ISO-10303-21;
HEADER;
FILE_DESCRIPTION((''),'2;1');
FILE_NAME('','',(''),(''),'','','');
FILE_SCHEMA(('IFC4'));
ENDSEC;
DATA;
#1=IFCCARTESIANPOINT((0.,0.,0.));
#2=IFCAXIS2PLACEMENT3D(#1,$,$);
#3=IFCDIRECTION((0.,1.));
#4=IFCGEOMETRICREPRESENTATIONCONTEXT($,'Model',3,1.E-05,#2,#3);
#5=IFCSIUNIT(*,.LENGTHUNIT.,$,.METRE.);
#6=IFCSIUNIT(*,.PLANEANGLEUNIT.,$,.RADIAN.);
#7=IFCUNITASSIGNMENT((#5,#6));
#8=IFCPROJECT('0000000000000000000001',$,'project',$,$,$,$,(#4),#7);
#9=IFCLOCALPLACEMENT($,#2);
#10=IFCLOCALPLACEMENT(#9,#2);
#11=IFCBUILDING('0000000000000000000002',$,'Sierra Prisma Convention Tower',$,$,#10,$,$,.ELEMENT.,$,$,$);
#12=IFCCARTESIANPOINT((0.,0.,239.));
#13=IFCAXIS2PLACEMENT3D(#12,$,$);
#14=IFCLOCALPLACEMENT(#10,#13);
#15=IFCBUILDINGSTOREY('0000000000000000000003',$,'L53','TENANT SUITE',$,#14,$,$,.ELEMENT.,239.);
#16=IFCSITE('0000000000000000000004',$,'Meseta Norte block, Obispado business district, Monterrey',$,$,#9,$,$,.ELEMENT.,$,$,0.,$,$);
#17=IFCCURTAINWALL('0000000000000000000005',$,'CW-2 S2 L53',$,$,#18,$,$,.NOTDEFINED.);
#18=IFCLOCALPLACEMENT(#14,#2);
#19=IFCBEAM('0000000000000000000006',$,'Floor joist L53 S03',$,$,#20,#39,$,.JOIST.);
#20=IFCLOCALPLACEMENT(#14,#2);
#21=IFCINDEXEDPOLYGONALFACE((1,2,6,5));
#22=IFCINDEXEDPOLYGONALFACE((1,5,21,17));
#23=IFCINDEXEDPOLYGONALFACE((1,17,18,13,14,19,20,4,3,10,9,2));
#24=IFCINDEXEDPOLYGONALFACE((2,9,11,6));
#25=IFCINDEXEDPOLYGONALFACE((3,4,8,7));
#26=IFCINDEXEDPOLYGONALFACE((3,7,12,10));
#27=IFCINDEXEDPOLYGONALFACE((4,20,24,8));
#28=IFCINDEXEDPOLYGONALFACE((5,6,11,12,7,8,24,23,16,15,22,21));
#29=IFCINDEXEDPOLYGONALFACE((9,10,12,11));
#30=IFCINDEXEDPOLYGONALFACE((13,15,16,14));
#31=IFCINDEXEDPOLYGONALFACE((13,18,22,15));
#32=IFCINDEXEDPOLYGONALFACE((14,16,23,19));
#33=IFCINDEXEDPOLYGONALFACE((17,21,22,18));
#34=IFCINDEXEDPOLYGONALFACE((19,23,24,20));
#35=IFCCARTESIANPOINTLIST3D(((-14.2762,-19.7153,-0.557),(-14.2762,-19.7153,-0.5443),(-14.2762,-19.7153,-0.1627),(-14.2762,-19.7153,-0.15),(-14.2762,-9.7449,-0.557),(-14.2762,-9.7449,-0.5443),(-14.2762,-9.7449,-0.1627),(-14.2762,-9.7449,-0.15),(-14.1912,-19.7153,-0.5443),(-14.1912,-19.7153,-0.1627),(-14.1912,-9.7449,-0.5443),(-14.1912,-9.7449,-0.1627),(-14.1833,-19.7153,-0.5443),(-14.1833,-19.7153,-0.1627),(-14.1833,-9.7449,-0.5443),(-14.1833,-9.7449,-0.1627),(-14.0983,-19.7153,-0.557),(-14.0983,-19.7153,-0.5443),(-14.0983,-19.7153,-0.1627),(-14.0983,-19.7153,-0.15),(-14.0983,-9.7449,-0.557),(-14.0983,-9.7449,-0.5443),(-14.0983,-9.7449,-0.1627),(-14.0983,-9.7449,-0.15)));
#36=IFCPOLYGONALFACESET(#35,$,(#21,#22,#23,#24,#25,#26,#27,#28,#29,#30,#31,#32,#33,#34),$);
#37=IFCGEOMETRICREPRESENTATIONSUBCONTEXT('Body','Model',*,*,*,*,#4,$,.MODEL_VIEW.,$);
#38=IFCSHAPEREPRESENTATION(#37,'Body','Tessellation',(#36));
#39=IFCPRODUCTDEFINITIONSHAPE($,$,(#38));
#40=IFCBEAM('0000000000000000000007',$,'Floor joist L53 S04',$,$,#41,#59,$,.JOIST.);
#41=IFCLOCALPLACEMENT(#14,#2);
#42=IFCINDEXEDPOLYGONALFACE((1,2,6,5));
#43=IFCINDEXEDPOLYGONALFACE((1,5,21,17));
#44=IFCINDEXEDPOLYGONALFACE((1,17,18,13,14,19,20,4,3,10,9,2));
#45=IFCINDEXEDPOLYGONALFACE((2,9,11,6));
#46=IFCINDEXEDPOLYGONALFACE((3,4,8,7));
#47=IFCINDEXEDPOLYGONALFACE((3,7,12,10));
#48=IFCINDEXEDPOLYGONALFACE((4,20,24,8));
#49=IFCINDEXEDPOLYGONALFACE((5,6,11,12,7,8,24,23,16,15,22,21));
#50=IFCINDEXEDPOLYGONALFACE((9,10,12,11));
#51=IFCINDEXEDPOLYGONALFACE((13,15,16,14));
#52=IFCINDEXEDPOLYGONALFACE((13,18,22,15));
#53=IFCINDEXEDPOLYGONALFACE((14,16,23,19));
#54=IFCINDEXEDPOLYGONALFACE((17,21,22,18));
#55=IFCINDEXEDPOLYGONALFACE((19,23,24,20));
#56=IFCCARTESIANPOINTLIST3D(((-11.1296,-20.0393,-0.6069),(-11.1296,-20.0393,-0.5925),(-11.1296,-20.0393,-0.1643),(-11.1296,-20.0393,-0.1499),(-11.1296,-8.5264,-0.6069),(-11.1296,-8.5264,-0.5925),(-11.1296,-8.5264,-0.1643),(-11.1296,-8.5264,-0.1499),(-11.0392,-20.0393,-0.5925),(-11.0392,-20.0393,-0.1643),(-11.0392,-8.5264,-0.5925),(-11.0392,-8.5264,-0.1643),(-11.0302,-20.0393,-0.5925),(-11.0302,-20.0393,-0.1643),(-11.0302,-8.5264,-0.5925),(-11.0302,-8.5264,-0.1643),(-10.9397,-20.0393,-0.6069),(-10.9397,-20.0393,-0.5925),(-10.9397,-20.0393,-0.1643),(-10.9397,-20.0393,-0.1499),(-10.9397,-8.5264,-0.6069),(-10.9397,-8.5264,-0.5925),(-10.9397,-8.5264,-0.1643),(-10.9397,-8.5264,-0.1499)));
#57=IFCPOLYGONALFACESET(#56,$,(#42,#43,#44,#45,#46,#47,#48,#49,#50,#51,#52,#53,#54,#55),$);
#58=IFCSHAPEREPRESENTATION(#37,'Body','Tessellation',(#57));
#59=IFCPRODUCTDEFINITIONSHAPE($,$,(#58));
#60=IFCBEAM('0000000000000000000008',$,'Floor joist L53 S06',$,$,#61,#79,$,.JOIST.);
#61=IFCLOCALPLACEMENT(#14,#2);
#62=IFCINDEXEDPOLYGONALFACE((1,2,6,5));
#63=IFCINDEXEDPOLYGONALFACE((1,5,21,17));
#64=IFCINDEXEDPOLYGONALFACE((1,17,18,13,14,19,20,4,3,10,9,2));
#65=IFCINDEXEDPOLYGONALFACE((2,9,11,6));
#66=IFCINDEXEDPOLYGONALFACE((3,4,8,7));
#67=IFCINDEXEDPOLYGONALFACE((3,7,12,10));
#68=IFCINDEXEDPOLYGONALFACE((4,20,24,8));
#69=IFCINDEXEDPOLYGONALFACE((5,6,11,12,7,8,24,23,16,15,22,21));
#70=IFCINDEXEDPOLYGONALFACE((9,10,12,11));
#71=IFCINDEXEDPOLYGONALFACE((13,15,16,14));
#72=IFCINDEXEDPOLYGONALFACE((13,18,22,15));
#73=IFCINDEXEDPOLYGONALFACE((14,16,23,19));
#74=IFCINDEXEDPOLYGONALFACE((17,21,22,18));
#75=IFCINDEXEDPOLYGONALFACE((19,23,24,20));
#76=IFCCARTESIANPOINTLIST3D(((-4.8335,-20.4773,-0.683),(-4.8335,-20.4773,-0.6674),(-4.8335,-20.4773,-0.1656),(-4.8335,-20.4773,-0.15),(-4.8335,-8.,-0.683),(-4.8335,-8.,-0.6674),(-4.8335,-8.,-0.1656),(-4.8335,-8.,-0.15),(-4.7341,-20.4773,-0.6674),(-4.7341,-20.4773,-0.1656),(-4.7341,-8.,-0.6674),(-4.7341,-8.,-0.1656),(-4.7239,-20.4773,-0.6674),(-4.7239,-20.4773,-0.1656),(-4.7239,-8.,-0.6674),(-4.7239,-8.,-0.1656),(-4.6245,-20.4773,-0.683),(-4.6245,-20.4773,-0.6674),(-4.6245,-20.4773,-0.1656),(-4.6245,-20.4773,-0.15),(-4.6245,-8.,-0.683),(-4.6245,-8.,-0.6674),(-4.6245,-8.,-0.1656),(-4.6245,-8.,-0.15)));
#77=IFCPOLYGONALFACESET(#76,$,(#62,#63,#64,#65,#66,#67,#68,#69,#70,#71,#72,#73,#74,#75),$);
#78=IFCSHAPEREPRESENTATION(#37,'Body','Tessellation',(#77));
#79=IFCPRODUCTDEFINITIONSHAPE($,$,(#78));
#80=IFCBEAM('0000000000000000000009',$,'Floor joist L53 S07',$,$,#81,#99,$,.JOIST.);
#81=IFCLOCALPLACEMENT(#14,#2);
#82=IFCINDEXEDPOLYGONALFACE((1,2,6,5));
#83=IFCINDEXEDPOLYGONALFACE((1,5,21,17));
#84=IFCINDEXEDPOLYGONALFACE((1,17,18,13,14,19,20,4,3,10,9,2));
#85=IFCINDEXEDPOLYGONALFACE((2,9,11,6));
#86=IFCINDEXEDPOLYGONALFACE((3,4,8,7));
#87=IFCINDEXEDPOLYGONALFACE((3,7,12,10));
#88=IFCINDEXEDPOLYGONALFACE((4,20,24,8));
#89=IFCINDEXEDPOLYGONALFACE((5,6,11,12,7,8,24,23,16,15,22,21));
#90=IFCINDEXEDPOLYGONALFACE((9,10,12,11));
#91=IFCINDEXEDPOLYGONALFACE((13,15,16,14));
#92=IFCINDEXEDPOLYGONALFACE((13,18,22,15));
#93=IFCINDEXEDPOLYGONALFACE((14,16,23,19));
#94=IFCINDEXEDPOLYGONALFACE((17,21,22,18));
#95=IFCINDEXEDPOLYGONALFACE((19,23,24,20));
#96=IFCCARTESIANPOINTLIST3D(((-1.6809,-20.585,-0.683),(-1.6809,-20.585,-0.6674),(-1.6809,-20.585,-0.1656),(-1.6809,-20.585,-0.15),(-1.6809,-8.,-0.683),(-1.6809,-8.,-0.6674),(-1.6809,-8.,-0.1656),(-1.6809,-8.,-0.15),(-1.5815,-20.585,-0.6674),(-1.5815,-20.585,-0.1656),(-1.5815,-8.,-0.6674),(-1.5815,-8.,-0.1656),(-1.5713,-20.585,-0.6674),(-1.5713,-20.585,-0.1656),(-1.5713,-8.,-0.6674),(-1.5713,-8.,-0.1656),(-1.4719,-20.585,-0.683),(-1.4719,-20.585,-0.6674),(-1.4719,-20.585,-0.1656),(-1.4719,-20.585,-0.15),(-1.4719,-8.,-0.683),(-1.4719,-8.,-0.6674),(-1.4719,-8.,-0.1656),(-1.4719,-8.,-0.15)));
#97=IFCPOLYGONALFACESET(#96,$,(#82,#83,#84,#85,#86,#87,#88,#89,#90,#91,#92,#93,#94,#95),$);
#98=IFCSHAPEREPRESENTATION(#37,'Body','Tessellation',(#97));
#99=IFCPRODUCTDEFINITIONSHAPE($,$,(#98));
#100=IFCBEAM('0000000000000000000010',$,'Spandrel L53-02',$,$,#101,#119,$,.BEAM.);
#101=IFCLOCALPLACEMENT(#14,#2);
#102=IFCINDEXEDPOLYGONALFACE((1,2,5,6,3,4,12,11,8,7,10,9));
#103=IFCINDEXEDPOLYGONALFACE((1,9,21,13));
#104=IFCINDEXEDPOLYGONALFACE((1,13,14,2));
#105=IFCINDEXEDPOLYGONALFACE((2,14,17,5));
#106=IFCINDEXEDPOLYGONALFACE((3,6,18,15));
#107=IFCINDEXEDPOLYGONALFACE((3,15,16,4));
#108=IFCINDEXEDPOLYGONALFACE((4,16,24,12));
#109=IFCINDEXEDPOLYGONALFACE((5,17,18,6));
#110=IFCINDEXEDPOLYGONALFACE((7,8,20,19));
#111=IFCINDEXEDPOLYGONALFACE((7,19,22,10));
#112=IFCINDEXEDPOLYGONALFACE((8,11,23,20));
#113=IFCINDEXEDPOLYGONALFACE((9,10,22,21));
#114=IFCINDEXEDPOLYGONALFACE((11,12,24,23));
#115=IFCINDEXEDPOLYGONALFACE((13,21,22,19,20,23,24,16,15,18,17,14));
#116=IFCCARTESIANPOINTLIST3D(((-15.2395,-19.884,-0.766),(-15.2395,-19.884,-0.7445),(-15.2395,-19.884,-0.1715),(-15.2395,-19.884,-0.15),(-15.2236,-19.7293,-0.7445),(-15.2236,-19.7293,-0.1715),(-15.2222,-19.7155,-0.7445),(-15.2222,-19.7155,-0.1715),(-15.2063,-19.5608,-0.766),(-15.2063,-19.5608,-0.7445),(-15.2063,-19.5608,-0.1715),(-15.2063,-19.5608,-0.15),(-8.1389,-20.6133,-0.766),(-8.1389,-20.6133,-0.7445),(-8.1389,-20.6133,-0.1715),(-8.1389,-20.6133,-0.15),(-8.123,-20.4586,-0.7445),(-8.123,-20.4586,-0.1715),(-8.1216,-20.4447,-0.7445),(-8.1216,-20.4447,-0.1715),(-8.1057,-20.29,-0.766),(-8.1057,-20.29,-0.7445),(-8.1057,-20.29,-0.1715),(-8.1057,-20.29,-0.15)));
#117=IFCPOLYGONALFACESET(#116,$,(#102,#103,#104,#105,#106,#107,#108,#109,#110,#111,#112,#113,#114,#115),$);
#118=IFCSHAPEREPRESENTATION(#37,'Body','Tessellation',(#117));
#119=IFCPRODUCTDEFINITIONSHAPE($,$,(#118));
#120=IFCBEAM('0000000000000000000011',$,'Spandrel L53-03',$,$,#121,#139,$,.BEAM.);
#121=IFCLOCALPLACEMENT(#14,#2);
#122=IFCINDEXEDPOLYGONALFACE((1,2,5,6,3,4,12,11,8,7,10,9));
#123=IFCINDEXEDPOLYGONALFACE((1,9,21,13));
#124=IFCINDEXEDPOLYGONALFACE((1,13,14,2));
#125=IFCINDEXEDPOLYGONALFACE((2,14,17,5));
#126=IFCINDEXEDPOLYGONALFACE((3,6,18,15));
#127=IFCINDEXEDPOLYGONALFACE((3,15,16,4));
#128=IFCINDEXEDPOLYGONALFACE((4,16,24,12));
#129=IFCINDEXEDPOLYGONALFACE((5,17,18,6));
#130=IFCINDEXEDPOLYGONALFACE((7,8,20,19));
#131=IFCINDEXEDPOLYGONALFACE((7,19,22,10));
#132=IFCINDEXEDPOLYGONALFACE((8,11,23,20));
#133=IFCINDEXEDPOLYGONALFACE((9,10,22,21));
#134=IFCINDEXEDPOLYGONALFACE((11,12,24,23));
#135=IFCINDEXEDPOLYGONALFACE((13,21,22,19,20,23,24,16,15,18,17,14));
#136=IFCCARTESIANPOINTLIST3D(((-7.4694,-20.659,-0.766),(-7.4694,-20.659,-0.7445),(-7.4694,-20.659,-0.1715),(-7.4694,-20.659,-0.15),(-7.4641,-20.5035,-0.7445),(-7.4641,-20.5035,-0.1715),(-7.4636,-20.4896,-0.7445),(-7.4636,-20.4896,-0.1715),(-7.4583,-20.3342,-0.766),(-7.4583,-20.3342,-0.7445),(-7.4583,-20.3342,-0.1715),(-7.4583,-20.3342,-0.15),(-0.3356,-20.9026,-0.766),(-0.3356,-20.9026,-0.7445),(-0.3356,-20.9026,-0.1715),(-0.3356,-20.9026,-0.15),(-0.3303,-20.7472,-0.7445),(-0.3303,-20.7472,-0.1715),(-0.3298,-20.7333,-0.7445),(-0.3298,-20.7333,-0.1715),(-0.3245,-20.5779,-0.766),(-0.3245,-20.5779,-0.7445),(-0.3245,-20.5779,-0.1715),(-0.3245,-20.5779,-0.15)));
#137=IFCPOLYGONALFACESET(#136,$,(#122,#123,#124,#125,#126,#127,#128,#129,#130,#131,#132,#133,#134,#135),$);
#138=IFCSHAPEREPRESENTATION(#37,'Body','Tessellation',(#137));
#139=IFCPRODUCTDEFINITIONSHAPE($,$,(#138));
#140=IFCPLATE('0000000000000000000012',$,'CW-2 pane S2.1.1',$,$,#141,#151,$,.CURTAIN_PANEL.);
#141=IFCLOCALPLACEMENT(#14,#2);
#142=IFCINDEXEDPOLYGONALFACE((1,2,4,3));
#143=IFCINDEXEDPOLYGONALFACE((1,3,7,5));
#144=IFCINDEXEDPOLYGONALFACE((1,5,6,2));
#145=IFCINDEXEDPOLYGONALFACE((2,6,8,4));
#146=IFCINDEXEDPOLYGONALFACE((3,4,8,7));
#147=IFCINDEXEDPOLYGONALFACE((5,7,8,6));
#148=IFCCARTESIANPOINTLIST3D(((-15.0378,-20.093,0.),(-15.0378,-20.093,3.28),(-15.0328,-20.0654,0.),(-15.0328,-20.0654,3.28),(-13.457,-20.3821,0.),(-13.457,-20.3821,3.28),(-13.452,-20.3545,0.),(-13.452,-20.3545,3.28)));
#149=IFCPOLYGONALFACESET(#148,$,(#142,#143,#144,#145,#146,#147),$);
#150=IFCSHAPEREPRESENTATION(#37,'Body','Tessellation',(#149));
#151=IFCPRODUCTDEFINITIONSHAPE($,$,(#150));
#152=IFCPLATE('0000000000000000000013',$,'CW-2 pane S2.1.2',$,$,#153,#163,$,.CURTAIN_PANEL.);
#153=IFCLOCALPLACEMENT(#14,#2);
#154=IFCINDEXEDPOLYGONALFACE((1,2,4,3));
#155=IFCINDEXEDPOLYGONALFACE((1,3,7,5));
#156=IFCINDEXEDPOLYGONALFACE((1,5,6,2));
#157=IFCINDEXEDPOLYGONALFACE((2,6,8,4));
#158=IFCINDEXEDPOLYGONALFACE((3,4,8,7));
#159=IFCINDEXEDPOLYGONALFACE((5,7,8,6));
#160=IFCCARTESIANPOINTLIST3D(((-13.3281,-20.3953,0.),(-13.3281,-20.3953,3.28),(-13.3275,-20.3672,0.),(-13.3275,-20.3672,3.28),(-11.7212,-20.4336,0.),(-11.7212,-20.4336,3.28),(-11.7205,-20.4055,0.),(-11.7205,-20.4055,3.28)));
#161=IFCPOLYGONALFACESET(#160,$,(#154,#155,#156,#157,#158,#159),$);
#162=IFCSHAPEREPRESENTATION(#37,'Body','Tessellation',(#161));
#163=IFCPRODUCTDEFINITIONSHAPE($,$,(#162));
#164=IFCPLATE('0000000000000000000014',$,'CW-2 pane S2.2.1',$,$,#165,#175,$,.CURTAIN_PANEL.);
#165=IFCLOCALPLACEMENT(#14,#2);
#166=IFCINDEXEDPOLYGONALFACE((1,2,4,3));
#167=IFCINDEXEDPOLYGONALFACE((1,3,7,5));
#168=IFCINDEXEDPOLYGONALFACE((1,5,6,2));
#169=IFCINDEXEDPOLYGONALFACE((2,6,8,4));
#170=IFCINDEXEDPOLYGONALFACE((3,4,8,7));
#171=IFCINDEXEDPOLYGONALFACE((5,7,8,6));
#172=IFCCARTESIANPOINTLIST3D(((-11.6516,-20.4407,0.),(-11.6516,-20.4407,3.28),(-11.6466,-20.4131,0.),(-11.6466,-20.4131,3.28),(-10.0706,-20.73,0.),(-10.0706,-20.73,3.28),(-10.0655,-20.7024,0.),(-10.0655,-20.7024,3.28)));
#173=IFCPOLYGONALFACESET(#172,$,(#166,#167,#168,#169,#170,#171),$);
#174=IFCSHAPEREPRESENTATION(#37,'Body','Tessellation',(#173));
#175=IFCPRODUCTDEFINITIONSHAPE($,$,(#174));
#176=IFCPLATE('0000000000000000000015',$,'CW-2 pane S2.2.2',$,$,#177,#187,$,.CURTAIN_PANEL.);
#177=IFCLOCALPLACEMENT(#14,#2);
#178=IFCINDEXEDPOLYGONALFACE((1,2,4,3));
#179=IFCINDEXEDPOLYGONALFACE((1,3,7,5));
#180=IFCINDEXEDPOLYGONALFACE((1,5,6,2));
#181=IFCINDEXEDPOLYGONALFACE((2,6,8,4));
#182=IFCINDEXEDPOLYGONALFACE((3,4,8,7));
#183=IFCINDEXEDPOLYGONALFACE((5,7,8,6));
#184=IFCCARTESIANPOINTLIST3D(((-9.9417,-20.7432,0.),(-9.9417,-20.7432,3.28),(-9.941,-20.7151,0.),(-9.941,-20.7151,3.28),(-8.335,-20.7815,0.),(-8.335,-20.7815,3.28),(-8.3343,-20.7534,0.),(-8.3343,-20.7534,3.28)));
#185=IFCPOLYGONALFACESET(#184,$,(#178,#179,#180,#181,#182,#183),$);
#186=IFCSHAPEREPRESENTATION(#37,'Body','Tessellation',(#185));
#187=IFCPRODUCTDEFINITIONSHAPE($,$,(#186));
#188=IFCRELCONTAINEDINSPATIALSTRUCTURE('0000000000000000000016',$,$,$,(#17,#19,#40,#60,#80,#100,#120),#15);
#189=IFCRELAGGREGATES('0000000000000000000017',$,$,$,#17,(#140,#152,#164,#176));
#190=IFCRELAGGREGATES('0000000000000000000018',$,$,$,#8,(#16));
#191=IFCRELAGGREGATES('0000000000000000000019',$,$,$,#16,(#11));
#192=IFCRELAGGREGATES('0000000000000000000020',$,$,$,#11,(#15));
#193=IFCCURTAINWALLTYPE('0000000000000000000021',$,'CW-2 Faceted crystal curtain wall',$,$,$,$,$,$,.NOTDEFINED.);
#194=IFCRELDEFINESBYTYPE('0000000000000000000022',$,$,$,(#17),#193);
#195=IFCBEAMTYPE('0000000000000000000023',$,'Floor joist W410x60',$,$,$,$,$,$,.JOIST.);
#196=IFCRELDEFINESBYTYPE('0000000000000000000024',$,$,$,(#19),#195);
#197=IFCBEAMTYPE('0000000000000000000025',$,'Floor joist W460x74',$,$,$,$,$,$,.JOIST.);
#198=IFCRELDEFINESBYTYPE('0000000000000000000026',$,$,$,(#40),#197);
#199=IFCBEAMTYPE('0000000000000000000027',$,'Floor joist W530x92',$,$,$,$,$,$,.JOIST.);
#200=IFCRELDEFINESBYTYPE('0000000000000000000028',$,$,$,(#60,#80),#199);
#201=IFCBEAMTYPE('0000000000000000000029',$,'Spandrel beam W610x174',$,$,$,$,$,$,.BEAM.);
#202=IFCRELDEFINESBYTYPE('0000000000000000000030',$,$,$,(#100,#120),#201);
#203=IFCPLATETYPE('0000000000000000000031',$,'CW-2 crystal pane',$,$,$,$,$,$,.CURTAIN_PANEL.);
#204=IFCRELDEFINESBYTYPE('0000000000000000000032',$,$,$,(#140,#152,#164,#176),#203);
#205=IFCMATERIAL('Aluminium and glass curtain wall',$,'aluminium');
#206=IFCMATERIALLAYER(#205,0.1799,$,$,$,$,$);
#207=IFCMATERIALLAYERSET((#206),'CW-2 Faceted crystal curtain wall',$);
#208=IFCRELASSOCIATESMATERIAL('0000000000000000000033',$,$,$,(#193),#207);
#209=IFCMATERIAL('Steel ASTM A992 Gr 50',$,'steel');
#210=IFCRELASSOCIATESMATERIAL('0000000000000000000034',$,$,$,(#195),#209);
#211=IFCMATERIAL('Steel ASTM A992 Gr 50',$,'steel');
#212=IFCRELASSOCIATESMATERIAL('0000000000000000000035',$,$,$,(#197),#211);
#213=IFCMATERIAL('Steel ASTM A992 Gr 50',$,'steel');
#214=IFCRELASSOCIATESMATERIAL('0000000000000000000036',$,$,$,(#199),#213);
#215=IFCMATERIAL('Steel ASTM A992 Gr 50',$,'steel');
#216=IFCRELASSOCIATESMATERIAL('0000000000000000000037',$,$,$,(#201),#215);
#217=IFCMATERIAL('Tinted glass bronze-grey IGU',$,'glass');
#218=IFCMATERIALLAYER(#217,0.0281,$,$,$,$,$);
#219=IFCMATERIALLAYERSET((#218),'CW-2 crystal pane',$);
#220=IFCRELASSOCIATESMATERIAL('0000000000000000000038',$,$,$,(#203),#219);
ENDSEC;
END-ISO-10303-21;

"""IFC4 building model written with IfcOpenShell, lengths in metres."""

from ifc_helpers import new_model, si_unit, direction, frame, origin, origin_2d, place, context, subcontext, project, spatial, polyline, i_section, outline, extrude, material, layer, layer_set, material_profile, profile_set, type_object, element, aggregate, save


model = new_model("IFC4")

# Units and contexts
model_context = context("Model", 3, precision=1e-05, world=origin(), true_north=direction((0.0, 1.0)))
body_context = subcontext(model_context, "Body", "Model", "MODEL_VIEW")
ifc_project = project(units=[si_unit("LENGTHUNIT", "METRE"), si_unit("PLANEANGLEUNIT", "RADIAN")], contexts=[model_context])

# Site, building, storey
site_placement = place(None, origin())
site = spatial("IfcSite", under=ifc_project, at=site_placement, Name="Meseta Norte block, Obispado business district, Monterrey", CompositionType="ELEMENT", RefElevation=0.0)
building_placement = place(site_placement, origin())
building = spatial("IfcBuilding", under=site, at=building_placement, Name="Sierra Prisma Convention Tower", CompositionType="ELEMENT")
storey_placement = place(building_placement, frame((0.0, 0.0, 239.0)))
storey = spatial("IfcBuildingStorey", under=building, at=storey_placement, Name="L53", Description="TENANT SUITE", CompositionType="ELEMENT", Elevation=239.0)

# Curtain wall
ifc_material_1 = material(Name="Aluminium and glass curtain wall", Category="aluminium")
ifc_layer_1 = layer(ifc_material_1, 0.1799)
ifc_layer_set_1 = layer_set([ifc_layer_1], Name="CW-2 Faceted crystal curtain wall")
curtain_wall_type = type_object("IfcCurtainWallType", Name="CW-2 Faceted crystal curtain wall", PredefinedType="NOTDEFINED", material=ifc_layer_set_1)
curtain_wall_1_placement = place(storey_placement, origin())
curtain_wall_1 = element("IfcCurtainWall", 1, at=curtain_wall_1_placement, inside=storey, type_object=curtain_wall_type, Name="CW-2 S2 L53", PredefinedType="NOTDEFINED")

# Beams
ifc_material_2 = material(Name="Steel ASTM A992 Gr 50", Category="steel")
ifc_material_profile_1 = material_profile(ifc_material_2, i_section(OverallWidth=0.178, OverallDepth=0.407, WebThickness=0.0078, FlangeThickness=0.0127, at=origin_2d()), Name="W410x60")
ifc_profile_set_1 = profile_set([ifc_material_profile_1], Name="Steel ASTM A992 Gr 50")
beam_type_1 = type_object("IfcBeamType", Name="Floor joist W410x60", PredefinedType="JOIST", material=ifc_profile_set_1)
beam_1_placement = place(storey_placement, frame((-14.1873, -19.7153, -0.3535), z_axis=(0.0, 1.0, 0.0), x_axis=(-1.0, 0.0, 0.0)))
element("IfcBeam", 2, at=beam_1_placement, inside=storey, type_object=beam_type_1, Name="Floor joist L53 S03", PredefinedType="JOIST", context=body_context, shape_type="SweptSolid", body=[
    extrude(i_section(OverallWidth=0.178, OverallDepth=0.407, WebThickness=0.0078, FlangeThickness=0.0127, at=origin_2d()), origin(), (0.0, 0.0, 1.0), 9.9705),
])
ifc_material_3 = material(Name="Steel ASTM A992 Gr 50", Category="steel")
ifc_material_profile_2 = material_profile(ifc_material_3, i_section(OverallWidth=0.1899, OverallDepth=0.457, WebThickness=0.009, FlangeThickness=0.0144, at=origin_2d()), Name="W460x74")
ifc_profile_set_2 = profile_set([ifc_material_profile_2], Name="Steel ASTM A992 Gr 50")
beam_type_2 = type_object("IfcBeamType", Name="Floor joist W460x74", PredefinedType="JOIST", material=ifc_profile_set_2)
beam_2_placement = place(storey_placement, frame((-11.0347, -20.0393, -0.3784), z_axis=(0.0, 1.0, 0.0), x_axis=(-1.0, 0.0, 0.0)))
element("IfcBeam", 3, at=beam_2_placement, inside=storey, type_object=beam_type_2, Name="Floor joist L53 S04", PredefinedType="JOIST", context=body_context, shape_type="SweptSolid", body=[
    extrude(i_section(OverallWidth=0.1899, OverallDepth=0.457, WebThickness=0.009, FlangeThickness=0.0144, at=origin_2d()), origin(), (0.0, 0.0, 1.0), 11.5129),
])
ifc_material_4 = material(Name="Steel ASTM A992 Gr 50", Category="steel")
ifc_material_profile_3 = material_profile(ifc_material_4, i_section(OverallWidth=0.209, OverallDepth=0.533, WebThickness=0.0103, FlangeThickness=0.0156, at=origin_2d()), Name="W530x92")
ifc_profile_set_3 = profile_set([ifc_material_profile_3], Name="Steel ASTM A992 Gr 50")
beam_type_3 = type_object("IfcBeamType", Name="Floor joist W530x92", PredefinedType="JOIST", material=ifc_profile_set_3)
beam_3_placement = place(storey_placement, frame((-4.729, -20.4773, -0.4165), z_axis=(0.0, 1.0, 0.0), x_axis=(-1.0, 0.0, 0.0)))
element("IfcBeam", 4, at=beam_3_placement, inside=storey, type_object=beam_type_3, Name="Floor joist L53 S06", PredefinedType="JOIST", context=body_context, shape_type="SweptSolid", body=[
    extrude(i_section(OverallWidth=0.209, OverallDepth=0.533, WebThickness=0.0103, FlangeThickness=0.0156, at=origin_2d()), origin(), (0.0, 0.0, 1.0), 12.4773),
])
beam_4_placement = place(storey_placement, frame((-1.5764, -20.585, -0.4165), z_axis=(0.0, 1.0, 0.0), x_axis=(-1.0, 0.0, 0.0)))
element("IfcBeam", 5, at=beam_4_placement, inside=storey, type_object=beam_type_3, Name="Floor joist L53 S07", PredefinedType="JOIST", context=body_context, shape_type="SweptSolid", body=[
    extrude(i_section(OverallWidth=0.209, OverallDepth=0.533, WebThickness=0.0103, FlangeThickness=0.0156, at=origin_2d()), origin(), (0.0, 0.0, 1.0), 12.585),
])
ifc_material_5 = material(Name="Steel ASTM A992 Gr 50", Category="steel")
ifc_material_profile_4 = material_profile(ifc_material_5, i_section(OverallWidth=0.325, OverallDepth=0.616, WebThickness=0.0139, FlangeThickness=0.0215, at=origin_2d()), Name="W610x174")
ifc_profile_set_4 = profile_set([ifc_material_profile_4], Name="Steel ASTM A992 Gr 50")
beam_type_4 = type_object("IfcBeamType", Name="Spandrel beam W610x174", PredefinedType="BEAM", material=ifc_profile_set_4)
for number, where, z_axis, x_axis, name in (
    (6, (-15.2229, -19.7224, -0.458), (0.994767, -0.102165, 0.0), (0.102165, 0.994767, 0.0), "Spandrel L53-02"),
    (7, (-7.4639, -20.4966, -0.458), (0.999417, -0.034135, 0.0), (0.034135, 0.999417, 0.0), "Spandrel L53-03"),
):
    element("IfcBeam", number, at=place(storey_placement, frame(where, z_axis=z_axis, x_axis=x_axis)), inside=storey, type_object=beam_type_4, Name=name, PredefinedType="BEAM", context=body_context, shape_type="SweptSolid", body=[
        extrude(i_section(OverallWidth=0.325, OverallDepth=0.616, WebThickness=0.0139, FlangeThickness=0.0215, at=origin_2d()), origin(), (0.0, 0.0, 1.0), 7.1379),
    ])

# Plates
ifc_material_6 = material(Name="Tinted glass bronze-grey IGU", Category="glass")
ifc_layer_2 = layer(ifc_material_6, 0.0281)
ifc_layer_set_2 = layer_set([ifc_layer_2], Name="CW-2 crystal pane")
plate_type = type_object("IfcPlateType", Name="CW-2 crystal pane", PredefinedType="CURTAIN_PANEL", material=ifc_layer_set_2)
plate_1_placement = place(storey_placement, frame((-15.0378, -20.093, 0.0), z_axis=(-0.179875, -0.98369, 0.0), x_axis=(0.98369, -0.179875, 0.0)))
plate_1 = element("IfcPlate", 8, at=plate_1_placement, type_object=plate_type, Name="CW-2 pane S2.1.1", PredefinedType="CURTAIN_PANEL", context=body_context, shape_type="SweptSolid", body=[
    extrude(outline(polyline([(0.0, 0.0), (1.607, 0.0), (1.607, 3.28), (0.0, 3.28), (0.0, 0.0)])), origin(), (0.0, 0.0, -1.0), 0.0281),
])
plate_2_placement = place(storey_placement, frame((-11.7212, -20.4336, 0.0), z_axis=(-0.023846, -0.999716, 0.0), x_axis=(-0.999716, 0.023846, 0.0)))
plate_2 = element("IfcPlate", 9, at=plate_2_placement, type_object=plate_type, Name="CW-2 pane S2.1.2", PredefinedType="CURTAIN_PANEL", context=body_context, shape_type="SweptSolid", body=[
    extrude(outline(polyline([(0.0, 0.0), (1.6074, 0.0), (1.6074, -3.28), (0.0, -3.28), (0.0, 0.0)])), origin(), (0.0, 0.0, -1.0), 0.0281),
])
plate_3_placement = place(storey_placement, frame((-11.6516, -20.4407, 0.0), z_axis=(-0.179995, -0.983668, 0.0), x_axis=(0.983668, -0.179995, 0.0)))
plate_3 = element("IfcPlate", 10, at=plate_3_placement, type_object=plate_type, Name="CW-2 pane S2.2.1", PredefinedType="CURTAIN_PANEL", context=body_context, shape_type="SweptSolid", body=[
    extrude(outline(polyline([(0.0, 0.0), (1.6073, 0.0), (1.6073, 3.28), (0.0, 3.28), (0.0, 0.0)])), origin(), (0.0, 0.0, -1.0), 0.0281),
])
plate_4_placement = place(storey_placement, frame((-8.335, -20.7815, 0.0), z_axis=(-0.02385, -0.999716, 0.0), x_axis=(-0.999716, 0.02385, 0.0)))
plate_4 = element("IfcPlate", 11, at=plate_4_placement, type_object=plate_type, Name="CW-2 pane S2.2.2", PredefinedType="CURTAIN_PANEL", context=body_context, shape_type="SweptSolid", body=[
    extrude(outline(polyline([(0.0, 0.0), (1.6071, 0.0), (1.6071, -3.28), (0.0, -3.28), (0.0, 0.0)])), origin(), (0.0, 0.0, -1.0), 0.0281),
])
aggregate(curtain_wall_1, [plate_1, plate_2, plate_3, plate_4])

save(model, "model.ifc")
